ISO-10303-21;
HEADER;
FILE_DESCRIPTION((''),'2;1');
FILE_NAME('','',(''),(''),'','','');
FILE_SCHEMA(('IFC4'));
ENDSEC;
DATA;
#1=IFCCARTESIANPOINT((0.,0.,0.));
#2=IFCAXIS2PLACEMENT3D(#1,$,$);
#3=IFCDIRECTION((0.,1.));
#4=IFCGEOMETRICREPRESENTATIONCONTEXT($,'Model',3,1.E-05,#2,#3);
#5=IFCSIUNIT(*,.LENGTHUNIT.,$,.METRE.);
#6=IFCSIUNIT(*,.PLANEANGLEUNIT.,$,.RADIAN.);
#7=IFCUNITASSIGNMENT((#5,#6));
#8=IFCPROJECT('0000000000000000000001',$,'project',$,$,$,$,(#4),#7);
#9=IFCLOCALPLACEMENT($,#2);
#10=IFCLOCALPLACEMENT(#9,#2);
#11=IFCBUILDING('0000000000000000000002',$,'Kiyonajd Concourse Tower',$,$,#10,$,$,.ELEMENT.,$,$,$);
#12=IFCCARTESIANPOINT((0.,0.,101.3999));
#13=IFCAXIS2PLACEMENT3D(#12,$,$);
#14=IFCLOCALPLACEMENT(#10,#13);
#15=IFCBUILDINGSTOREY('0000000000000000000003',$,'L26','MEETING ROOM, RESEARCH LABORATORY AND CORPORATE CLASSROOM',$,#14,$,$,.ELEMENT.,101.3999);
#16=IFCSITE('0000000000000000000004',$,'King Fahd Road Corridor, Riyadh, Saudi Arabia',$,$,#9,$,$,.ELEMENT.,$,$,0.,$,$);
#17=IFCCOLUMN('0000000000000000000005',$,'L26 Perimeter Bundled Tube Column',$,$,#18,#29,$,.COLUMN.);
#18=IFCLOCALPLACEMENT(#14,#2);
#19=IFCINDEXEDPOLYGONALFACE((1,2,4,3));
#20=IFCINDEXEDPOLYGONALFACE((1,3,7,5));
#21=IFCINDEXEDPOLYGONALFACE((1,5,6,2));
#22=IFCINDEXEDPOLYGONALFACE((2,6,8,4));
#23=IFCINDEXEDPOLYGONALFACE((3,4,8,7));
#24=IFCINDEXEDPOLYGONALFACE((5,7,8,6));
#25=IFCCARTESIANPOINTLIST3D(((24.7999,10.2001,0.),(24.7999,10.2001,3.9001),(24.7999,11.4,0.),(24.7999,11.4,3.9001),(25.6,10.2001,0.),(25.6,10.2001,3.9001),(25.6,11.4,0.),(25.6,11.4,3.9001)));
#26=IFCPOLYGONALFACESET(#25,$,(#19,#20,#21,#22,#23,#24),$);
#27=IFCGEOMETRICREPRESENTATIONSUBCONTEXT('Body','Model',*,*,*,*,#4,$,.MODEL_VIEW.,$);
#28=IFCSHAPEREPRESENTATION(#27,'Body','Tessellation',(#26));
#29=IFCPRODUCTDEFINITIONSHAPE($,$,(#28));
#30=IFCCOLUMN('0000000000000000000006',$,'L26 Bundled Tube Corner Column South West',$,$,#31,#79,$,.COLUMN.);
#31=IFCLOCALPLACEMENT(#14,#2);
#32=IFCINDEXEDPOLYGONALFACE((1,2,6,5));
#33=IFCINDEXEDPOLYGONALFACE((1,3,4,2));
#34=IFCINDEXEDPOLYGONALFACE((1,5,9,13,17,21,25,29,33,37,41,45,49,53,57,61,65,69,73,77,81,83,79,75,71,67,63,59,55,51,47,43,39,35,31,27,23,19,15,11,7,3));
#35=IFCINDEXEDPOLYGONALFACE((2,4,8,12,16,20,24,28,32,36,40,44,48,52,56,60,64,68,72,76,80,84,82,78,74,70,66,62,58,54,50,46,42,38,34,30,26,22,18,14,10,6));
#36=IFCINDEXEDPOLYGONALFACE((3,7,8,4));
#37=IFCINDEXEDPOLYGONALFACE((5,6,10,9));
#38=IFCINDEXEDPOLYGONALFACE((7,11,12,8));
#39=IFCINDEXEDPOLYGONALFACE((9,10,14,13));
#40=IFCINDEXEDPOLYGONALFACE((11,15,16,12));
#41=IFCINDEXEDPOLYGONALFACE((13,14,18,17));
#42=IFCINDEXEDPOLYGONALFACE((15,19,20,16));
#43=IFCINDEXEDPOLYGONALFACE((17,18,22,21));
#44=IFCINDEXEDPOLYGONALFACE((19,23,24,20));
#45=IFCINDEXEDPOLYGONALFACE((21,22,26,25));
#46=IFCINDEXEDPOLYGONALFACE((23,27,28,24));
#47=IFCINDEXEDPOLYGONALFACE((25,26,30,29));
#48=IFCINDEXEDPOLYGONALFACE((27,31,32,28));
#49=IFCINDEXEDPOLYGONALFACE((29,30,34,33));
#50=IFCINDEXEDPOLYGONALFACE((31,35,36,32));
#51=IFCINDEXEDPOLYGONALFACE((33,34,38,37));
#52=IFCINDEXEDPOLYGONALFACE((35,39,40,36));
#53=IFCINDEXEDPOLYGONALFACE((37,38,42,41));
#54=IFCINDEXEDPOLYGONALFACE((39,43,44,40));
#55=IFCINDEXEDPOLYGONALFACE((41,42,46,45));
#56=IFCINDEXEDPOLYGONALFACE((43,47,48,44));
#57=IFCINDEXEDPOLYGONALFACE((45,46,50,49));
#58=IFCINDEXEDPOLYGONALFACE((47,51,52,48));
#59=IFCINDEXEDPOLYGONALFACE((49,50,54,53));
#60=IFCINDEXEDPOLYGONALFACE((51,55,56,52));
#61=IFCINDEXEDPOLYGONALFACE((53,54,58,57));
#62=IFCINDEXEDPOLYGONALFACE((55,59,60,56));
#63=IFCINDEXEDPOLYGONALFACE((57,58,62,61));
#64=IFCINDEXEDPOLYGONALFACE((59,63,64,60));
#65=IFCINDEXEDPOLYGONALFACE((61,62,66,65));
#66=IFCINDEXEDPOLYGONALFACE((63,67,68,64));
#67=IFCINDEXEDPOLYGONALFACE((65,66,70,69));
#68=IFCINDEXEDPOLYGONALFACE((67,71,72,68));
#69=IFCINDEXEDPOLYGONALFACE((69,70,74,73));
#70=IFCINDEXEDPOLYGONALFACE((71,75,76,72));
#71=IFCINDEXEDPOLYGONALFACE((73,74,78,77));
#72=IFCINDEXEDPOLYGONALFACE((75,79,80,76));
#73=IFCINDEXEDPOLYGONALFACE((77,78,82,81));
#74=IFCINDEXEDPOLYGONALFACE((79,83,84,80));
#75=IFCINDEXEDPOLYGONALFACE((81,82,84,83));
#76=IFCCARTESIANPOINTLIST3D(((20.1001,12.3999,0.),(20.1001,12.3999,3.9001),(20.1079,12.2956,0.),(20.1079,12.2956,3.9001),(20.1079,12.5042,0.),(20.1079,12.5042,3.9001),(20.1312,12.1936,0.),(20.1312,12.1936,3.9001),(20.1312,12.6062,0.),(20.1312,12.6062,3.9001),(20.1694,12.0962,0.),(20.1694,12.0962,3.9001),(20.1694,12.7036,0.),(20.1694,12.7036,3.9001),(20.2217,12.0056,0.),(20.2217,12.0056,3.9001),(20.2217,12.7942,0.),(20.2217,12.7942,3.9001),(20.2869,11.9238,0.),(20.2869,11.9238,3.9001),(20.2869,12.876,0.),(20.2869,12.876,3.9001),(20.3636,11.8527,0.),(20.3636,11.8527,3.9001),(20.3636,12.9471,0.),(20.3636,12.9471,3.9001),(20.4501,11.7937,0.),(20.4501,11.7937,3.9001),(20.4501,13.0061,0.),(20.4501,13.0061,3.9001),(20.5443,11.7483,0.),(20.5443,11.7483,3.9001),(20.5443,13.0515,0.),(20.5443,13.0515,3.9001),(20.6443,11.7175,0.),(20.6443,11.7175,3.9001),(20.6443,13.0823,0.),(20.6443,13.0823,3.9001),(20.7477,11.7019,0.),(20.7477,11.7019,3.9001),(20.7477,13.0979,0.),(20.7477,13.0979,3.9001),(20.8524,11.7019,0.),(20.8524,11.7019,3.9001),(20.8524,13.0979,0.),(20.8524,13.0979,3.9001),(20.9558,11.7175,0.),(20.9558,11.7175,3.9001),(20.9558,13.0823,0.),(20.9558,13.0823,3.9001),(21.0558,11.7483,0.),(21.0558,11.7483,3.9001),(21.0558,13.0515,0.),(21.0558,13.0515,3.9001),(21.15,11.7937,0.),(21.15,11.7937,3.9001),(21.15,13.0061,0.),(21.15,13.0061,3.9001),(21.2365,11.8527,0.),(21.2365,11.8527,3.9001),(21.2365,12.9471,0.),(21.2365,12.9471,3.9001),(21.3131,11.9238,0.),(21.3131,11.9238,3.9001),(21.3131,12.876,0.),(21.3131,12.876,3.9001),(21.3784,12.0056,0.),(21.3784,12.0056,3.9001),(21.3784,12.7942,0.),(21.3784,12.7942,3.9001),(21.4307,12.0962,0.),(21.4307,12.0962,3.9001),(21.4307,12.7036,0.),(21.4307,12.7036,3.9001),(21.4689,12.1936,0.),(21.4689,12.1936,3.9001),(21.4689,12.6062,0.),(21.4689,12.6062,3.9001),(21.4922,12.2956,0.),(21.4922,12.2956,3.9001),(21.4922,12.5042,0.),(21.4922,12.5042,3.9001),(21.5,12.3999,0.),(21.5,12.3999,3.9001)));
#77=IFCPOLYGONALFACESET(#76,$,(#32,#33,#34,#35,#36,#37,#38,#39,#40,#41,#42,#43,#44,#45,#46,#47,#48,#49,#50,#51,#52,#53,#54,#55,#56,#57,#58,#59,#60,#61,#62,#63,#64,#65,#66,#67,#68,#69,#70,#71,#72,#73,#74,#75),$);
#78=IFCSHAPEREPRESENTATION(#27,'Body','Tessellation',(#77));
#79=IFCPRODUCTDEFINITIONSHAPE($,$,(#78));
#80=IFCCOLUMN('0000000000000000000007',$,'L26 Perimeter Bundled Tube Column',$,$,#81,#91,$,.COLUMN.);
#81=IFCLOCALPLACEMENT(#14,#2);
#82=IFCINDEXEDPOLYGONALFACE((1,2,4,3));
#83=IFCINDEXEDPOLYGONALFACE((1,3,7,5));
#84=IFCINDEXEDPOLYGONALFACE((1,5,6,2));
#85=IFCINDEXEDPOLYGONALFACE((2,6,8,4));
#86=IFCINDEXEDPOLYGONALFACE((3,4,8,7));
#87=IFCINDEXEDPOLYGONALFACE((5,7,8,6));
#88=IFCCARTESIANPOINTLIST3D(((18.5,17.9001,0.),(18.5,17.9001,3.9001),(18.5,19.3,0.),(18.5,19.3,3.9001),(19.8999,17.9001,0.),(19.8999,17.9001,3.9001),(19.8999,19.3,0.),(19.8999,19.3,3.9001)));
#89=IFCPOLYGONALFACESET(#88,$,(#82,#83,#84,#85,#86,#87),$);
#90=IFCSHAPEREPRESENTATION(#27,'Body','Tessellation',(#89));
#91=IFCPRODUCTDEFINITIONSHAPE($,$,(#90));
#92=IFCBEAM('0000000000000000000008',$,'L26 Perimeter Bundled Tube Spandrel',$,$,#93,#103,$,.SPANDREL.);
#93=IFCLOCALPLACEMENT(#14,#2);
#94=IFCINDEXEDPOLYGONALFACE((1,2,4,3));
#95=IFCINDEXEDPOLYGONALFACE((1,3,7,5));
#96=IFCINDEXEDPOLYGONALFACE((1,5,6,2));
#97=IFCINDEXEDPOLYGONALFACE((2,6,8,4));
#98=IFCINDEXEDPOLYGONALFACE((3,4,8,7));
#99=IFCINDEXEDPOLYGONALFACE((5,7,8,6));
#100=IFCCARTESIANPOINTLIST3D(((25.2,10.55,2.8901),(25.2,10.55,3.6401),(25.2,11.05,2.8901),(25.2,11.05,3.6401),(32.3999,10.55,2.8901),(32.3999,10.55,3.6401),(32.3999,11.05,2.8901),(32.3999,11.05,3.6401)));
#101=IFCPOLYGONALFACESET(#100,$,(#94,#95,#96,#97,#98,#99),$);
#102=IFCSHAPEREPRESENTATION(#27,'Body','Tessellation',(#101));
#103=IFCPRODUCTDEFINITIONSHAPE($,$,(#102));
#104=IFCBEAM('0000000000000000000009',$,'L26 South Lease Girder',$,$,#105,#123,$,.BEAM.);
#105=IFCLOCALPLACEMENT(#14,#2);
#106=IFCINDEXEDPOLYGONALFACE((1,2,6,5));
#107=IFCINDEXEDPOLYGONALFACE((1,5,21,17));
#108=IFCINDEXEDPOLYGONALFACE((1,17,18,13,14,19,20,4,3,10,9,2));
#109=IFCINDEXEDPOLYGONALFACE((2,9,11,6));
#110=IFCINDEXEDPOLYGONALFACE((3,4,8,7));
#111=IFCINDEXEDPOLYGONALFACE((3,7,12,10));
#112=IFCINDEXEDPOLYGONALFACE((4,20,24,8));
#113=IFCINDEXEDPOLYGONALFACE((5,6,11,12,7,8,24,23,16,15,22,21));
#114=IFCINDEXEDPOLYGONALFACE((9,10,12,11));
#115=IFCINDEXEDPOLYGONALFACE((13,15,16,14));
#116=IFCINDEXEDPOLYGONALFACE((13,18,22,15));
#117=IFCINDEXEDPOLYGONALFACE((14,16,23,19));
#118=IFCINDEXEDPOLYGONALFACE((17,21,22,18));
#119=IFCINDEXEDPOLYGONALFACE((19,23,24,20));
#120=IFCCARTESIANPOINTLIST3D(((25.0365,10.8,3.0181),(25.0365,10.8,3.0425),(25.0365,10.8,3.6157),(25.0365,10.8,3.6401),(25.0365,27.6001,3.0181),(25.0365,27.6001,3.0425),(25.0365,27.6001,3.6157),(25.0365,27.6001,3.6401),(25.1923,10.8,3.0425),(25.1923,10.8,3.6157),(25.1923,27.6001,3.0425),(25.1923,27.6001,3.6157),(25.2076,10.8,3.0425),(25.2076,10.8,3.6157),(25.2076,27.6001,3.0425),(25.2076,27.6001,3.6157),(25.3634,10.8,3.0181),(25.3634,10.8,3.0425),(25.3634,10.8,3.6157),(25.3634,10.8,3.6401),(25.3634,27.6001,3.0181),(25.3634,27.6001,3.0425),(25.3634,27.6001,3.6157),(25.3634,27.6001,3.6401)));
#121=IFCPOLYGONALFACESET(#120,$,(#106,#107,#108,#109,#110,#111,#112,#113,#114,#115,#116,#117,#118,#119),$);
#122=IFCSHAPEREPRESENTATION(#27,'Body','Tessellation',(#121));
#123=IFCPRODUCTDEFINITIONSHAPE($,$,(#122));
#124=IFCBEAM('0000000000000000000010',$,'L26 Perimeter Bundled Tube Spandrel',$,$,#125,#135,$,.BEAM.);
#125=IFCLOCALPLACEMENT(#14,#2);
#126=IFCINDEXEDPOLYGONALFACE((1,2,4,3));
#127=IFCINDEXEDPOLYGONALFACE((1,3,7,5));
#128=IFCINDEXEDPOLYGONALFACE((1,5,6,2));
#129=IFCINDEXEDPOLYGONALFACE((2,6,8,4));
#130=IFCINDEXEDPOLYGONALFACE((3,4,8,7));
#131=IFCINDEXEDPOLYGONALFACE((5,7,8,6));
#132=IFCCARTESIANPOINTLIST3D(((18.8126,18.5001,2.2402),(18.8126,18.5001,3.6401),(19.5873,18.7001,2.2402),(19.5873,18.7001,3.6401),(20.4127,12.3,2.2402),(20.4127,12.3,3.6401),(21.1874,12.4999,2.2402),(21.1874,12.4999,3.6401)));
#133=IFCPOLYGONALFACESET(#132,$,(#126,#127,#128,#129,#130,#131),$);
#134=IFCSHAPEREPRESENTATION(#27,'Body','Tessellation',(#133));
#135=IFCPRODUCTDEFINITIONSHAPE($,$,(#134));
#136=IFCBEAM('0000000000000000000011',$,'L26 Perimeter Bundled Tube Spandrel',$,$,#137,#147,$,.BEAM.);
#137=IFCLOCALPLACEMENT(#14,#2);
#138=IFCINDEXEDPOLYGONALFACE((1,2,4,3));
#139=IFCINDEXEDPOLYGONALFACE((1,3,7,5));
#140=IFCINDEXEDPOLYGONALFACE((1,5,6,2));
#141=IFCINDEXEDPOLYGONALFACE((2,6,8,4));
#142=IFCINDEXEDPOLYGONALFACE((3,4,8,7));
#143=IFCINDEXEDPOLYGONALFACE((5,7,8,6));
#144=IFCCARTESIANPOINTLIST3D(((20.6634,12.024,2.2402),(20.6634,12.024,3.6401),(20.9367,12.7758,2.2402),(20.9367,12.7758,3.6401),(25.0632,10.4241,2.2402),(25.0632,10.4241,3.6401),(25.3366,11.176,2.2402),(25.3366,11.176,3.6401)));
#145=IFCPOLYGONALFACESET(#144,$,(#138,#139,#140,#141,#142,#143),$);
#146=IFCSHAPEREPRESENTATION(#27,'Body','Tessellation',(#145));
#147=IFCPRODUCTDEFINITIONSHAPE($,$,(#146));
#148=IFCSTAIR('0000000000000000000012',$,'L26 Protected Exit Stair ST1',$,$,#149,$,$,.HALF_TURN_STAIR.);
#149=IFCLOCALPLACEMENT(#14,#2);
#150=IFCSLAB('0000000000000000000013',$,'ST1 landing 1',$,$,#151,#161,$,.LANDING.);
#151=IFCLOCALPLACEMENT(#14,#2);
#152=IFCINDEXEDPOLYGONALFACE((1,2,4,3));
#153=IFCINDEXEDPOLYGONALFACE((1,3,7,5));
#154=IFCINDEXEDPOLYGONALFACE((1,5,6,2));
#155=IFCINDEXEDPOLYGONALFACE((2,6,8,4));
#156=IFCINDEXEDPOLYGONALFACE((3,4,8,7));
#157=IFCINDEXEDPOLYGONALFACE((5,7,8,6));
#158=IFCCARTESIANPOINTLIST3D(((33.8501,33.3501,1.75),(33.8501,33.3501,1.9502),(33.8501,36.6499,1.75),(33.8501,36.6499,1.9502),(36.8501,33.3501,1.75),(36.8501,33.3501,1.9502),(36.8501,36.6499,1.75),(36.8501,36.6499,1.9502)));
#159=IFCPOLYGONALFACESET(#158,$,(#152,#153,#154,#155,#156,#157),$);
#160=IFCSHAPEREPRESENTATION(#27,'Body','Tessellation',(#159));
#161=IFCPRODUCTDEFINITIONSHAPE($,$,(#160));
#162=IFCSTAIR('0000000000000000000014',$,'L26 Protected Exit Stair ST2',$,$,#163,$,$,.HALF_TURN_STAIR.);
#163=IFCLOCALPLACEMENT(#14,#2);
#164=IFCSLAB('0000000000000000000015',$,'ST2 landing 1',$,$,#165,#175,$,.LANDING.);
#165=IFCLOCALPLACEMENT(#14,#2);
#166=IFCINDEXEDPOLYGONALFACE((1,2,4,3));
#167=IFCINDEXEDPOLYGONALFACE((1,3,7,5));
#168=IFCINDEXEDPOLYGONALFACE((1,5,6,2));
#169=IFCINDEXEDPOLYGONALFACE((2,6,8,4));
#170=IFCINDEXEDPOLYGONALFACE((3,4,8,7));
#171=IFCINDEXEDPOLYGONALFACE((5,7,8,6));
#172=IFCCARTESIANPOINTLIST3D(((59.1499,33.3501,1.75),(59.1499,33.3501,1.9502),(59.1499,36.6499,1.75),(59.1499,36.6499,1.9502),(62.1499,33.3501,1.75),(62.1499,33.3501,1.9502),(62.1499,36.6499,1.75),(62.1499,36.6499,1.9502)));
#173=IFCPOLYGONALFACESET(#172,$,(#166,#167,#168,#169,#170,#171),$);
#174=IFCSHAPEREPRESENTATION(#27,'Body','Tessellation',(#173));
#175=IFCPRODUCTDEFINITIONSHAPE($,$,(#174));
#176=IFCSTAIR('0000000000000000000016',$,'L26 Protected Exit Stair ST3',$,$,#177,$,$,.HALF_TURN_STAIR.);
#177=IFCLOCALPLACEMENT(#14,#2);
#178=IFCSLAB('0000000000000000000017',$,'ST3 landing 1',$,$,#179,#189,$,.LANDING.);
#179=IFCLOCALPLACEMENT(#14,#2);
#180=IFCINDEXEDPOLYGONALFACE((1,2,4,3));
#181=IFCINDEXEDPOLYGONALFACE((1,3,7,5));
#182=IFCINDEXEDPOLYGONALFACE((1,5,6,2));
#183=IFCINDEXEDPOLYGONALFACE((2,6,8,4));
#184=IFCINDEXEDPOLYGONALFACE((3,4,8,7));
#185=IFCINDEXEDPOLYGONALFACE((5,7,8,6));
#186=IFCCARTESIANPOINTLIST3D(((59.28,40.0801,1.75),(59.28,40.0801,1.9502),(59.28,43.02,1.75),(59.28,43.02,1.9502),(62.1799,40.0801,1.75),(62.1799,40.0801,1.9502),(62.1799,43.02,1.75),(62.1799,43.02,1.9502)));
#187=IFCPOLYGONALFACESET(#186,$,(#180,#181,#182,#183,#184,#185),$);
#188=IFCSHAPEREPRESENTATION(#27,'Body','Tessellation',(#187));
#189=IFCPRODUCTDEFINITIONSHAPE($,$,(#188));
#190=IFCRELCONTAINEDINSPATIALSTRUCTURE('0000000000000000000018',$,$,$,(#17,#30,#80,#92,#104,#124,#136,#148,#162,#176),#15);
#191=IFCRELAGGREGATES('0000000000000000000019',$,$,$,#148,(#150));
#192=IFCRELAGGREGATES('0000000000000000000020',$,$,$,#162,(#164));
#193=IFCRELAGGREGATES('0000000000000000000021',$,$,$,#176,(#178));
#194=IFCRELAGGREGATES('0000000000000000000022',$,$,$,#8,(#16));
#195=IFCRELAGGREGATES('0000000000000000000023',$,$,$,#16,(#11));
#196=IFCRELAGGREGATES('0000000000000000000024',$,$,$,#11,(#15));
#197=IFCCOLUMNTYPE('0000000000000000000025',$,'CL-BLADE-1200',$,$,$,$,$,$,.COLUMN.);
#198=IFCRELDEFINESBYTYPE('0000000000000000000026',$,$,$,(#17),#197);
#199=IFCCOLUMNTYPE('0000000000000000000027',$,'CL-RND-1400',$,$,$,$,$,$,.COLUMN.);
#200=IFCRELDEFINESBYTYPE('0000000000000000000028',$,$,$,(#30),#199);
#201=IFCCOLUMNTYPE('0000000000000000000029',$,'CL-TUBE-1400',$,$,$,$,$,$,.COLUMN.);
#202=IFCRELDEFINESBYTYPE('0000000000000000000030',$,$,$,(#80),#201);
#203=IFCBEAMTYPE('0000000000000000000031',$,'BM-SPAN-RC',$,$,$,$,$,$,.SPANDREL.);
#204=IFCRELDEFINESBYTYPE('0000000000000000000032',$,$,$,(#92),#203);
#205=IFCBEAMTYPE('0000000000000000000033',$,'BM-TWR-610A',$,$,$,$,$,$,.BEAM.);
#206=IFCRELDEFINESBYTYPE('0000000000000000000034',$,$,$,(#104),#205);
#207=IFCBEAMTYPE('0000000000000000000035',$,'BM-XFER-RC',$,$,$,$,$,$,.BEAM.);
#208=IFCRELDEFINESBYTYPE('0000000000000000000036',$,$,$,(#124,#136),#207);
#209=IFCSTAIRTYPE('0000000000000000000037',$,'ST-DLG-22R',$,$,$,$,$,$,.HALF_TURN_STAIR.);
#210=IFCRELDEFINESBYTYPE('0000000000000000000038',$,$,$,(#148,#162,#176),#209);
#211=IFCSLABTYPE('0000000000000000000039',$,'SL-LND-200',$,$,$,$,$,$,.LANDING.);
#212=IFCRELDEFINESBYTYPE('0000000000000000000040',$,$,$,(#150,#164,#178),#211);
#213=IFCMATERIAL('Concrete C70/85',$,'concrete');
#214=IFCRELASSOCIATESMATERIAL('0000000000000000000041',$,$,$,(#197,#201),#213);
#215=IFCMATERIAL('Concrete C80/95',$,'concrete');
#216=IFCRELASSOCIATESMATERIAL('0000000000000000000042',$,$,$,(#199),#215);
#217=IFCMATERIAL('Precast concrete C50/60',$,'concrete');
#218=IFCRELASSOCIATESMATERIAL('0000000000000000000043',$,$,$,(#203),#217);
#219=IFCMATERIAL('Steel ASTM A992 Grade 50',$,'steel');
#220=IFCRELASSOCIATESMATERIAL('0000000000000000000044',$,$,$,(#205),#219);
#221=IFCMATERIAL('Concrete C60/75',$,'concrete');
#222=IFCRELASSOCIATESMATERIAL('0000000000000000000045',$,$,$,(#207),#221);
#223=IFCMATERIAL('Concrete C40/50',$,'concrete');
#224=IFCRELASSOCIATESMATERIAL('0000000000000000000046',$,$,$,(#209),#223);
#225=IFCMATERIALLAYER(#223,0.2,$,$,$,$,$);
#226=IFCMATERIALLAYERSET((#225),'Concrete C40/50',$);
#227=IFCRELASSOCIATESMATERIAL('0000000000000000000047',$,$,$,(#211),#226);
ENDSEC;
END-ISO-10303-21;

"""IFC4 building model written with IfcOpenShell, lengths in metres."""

from ifc_helpers import new_model, si_unit, direction, frame, origin, origin_2d, place, context, subcontext, project, spatial, polyline, rectangle, circle, i_section, outline, extrude, material, layer, layer_set, material_profile, profile_set, type_object, element, aggregate, save


model = new_model("IFC4")

# Units and contexts
model_context = context("Model", 3, precision=1e-05, world=origin(), true_north=direction((0.0, 1.0)))
body_context = subcontext(model_context, "Body", "Model", "MODEL_VIEW")
ifc_project = project(units=[si_unit("LENGTHUNIT", "METRE"), si_unit("PLANEANGLEUNIT", "RADIAN")], contexts=[model_context])

# Site, building, storey
site_placement = place(None, origin())
site = spatial("IfcSite", under=ifc_project, at=site_placement, Name="King Fahd Road Corridor, Riyadh, Saudi Arabia", CompositionType="ELEMENT", RefElevation=0.0)
building_placement = place(site_placement, origin())
building = spatial("IfcBuilding", under=site, at=building_placement, Name="Kiyonajd Concourse Tower", CompositionType="ELEMENT")
storey_placement = place(building_placement, frame((0.0, 0.0, 101.3999)))
storey = spatial("IfcBuildingStorey", under=building, at=storey_placement, Name="L26", Description="MEETING ROOM, RESEARCH LABORATORY AND CORPORATE CLASSROOM", CompositionType="ELEMENT", Elevation=101.3999)

# Columns
ifc_material_1 = material(Name="Concrete C70/85", Category="concrete")
ifc_material_profile_1 = material_profile(ifc_material_1, rectangle(XDim=0.8, YDim=1.2, at=origin_2d()), Name="RC-1200x800")
ifc_profile_set_1 = profile_set([ifc_material_profile_1], Name="Concrete C70/85")
column_type_1 = type_object("IfcColumnType", Name="CL-BLADE-1200", PredefinedType="COLUMN", material=ifc_profile_set_1)
column_1_placement = place(storey_placement, frame((25.2, 10.8, 0.0), z_axis=(0.0, 0.0, 1.0), x_axis=(1.0, 0.0, 0.0)))
element("IfcColumn", 1, at=column_1_placement, inside=storey, type_object=column_type_1, Name="L26 Perimeter Bundled Tube Column", PredefinedType="COLUMN", context=body_context, shape_type="SweptSolid", body=[
    extrude(rectangle(XDim=0.8, YDim=1.2, at=origin_2d()), origin(), (0.0, 0.0, 1.0), 3.9001),
])
ifc_material_2 = material(Name="Concrete C80/95", Category="concrete")
ifc_material_profile_2 = material_profile(ifc_material_2, circle(Radius=0.7, at=origin_2d()), Name="RCC-D1400")
ifc_profile_set_2 = profile_set([ifc_material_profile_2], Name="Concrete C80/95")
column_type_2 = type_object("IfcColumnType", Name="CL-RND-1400", PredefinedType="COLUMN", material=ifc_profile_set_2)
column_2_placement = place(storey_placement, frame((20.8, 12.3999, 0.0), z_axis=(0.0, 0.0, 1.0), x_axis=(1.0, 0.0, 0.0)))
element("IfcColumn", 2, at=column_2_placement, inside=storey, type_object=column_type_2, Name="L26 Bundled Tube Corner Column South West", PredefinedType="COLUMN", context=body_context, shape_type="SweptSolid", body=[
    extrude(circle(Radius=0.7, at=origin_2d()), origin(), (0.0, 0.0, 1.0), 3.9001),
])
ifc_material_profile_3 = material_profile(ifc_material_1, rectangle(XDim=1.3999, YDim=1.3999, at=origin_2d()), Name="RC-1400x1400")
ifc_profile_set_3 = profile_set([ifc_material_profile_3], Name="Concrete C70/85")
column_type_3 = type_object("IfcColumnType", Name="CL-TUBE-1400", PredefinedType="COLUMN", material=ifc_profile_set_3)
column_3_placement = place(storey_placement, frame((19.2, 18.6001, 0.0), z_axis=(0.0, 0.0, 1.0), x_axis=(1.0, 0.0, 0.0)))
element("IfcColumn", 3, at=column_3_placement, inside=storey, type_object=column_type_3, Name="L26 Perimeter Bundled Tube Column", PredefinedType="COLUMN", context=body_context, shape_type="SweptSolid", body=[
    extrude(rectangle(XDim=1.3999, YDim=1.3999, at=origin_2d()), origin(), (0.0, 0.0, 1.0), 3.9001),
])

# Beams
ifc_material_3 = material(Name="Precast concrete C50/60", Category="concrete")
ifc_material_profile_4 = material_profile(ifc_material_3, rectangle(XDim=0.5, YDim=0.75, at=origin_2d()), Name="RCBM-500x750")
ifc_profile_set_4 = profile_set([ifc_material_profile_4], Name="Precast concrete C50/60")
beam_type_1 = type_object("IfcBeamType", Name="BM-SPAN-RC", PredefinedType="SPANDREL", material=ifc_profile_set_4)
beam_1_placement = place(storey_placement, frame((25.2, 10.8, 3.2651), z_axis=(1.0, 0.0, 0.0), x_axis=(0.0, 1.0, 0.0)))
element("IfcBeam", 4, at=beam_1_placement, inside=storey, type_object=beam_type_1, Name="L26 Perimeter Bundled Tube Spandrel", PredefinedType="SPANDREL", context=body_context, shape_type="SweptSolid", body=[
    extrude(rectangle(XDim=0.5, YDim=0.75, at=origin_2d()), origin(), (0.0, 0.0, 1.0), 7.2),
])
ifc_material_4 = material(Name="Steel ASTM A992 Grade 50", Category="steel")
ifc_material_profile_5 = material_profile(ifc_material_4, i_section(OverallWidth=0.3269, OverallDepth=0.6221, WebThickness=0.0154, FlangeThickness=0.0244, at=origin_2d()), Name="W610X195")
ifc_profile_set_5 = profile_set([ifc_material_profile_5], Name="Steel ASTM A992 Grade 50")
beam_type_2 = type_object("IfcBeamType", Name="BM-TWR-610A", PredefinedType="BEAM", material=ifc_profile_set_5)
beam_2_placement = place(storey_placement, frame((25.2, 10.8, 3.3291), z_axis=(0.0, 1.0, 0.0), x_axis=(-1.0, 0.0, 0.0)))
element("IfcBeam", 5, at=beam_2_placement, inside=storey, type_object=beam_type_2, Name="L26 South Lease Girder", PredefinedType="BEAM", context=body_context, shape_type="SweptSolid", body=[
    extrude(i_section(OverallWidth=0.3269, OverallDepth=0.6221, WebThickness=0.0154, FlangeThickness=0.0244, at=origin_2d()), origin(), (0.0, 0.0, 1.0), 16.8),
])
ifc_material_5 = material(Name="Concrete C60/75", Category="concrete")
ifc_material_profile_6 = material_profile(ifc_material_5, rectangle(XDim=0.8, YDim=1.3999, at=origin_2d()), Name="RCBM-800x1400")
ifc_profile_set_6 = profile_set([ifc_material_profile_6], Name="Concrete C60/75")
beam_type_3 = type_object("IfcBeamType", Name="BM-XFER-RC", PredefinedType="BEAM", material=ifc_profile_set_6)
beam_3_placement = place(storey_placement, frame((19.2, 18.6001, 2.9402), z_axis=(0.249885, -0.968276, 0.0), x_axis=(0.968276, 0.249885, 0.0)))
element("IfcBeam", 6, at=beam_3_placement, inside=storey, type_object=beam_type_3, Name="L26 Perimeter Bundled Tube Spandrel", PredefinedType="BEAM", context=body_context, shape_type="SweptSolid", body=[
    extrude(rectangle(XDim=0.8, YDim=1.3999, at=origin_2d()), origin(), (0.0, 0.0, 1.0), 6.4033),
])
beam_4_placement = place(storey_placement, frame((20.8, 12.3999, 2.9402), z_axis=(0.939801, -0.341722, 0.0), x_axis=(0.341722, 0.939801, 0.0)))
element("IfcBeam", 7, at=beam_4_placement, inside=storey, type_object=beam_type_3, Name="L26 Perimeter Bundled Tube Spandrel", PredefinedType="BEAM", context=body_context, shape_type="SweptSolid", body=[
    extrude(rectangle(XDim=0.8, YDim=1.3999, at=origin_2d()), origin(), (0.0, 0.0, 1.0), 4.6816),
])

# Stairs, slabs
ifc_material_6 = material(Name="Concrete C40/50", Category="concrete")
stair_type = type_object("IfcStairType", Name="ST-DLG-22R", PredefinedType="HALF_TURN_STAIR", material=ifc_material_6)
stair_1_placement = place(storey_placement, origin())
stair_1 = element("IfcStair", 8, at=stair_1_placement, inside=storey, type_object=stair_type, Name="L26 Protected Exit Stair ST1", PredefinedType="HALF_TURN_STAIR")
ifc_layer_1 = layer(ifc_material_6, 0.2)
ifc_layer_set_1 = layer_set([ifc_layer_1], Name="Concrete C40/50")
slab_type_1 = type_object("IfcSlabType", Name="SL-LND-200", PredefinedType="LANDING", material=ifc_layer_set_1)
slab_1_placement = place(storey_placement, frame((0.0, 0.0, 1.75)))
slab_1 = element("IfcSlab", 9, at=slab_1_placement, type_object=slab_type_1, Name="ST1 landing 1", PredefinedType="LANDING", context=body_context, shape_type="SweptSolid", body=[
    extrude(outline(polyline([(36.8501, 33.3501), (36.8501, 36.6499), (33.8501, 36.6499), (33.8501, 33.3501), (36.8501, 33.3501)])), origin(), (0.0, 0.0, 1.0), 0.2002),
])
aggregate(stair_1, [slab_1])
stair_2_placement = place(storey_placement, origin())
stair_2 = element("IfcStair", 10, at=stair_2_placement, inside=storey, type_object=stair_type, Name="L26 Protected Exit Stair ST2", PredefinedType="HALF_TURN_STAIR")
slab_2_placement = place(storey_placement, frame((0.0, 0.0, 1.75)))
slab_2 = element("IfcSlab", 11, at=slab_2_placement, type_object=slab_type_1, Name="ST2 landing 1", PredefinedType="LANDING", context=body_context, shape_type="SweptSolid", body=[
    extrude(outline(polyline([(62.1499, 33.3501), (62.1499, 36.6499), (59.1499, 36.6499), (59.1499, 33.3501), (62.1499, 33.3501)])), origin(), (0.0, 0.0, 1.0), 0.2002),
])
aggregate(stair_2, [slab_2])
stair_3_placement = place(storey_placement, origin())
stair_3 = element("IfcStair", 12, at=stair_3_placement, inside=storey, type_object=stair_type, Name="L26 Protected Exit Stair ST3", PredefinedType="HALF_TURN_STAIR")
slab_3_placement = place(storey_placement, frame((0.0, 0.0, 1.75)))
slab_3 = element("IfcSlab", 13, at=slab_3_placement, type_object=slab_type_1, Name="ST3 landing 1", PredefinedType="LANDING", context=body_context, shape_type="SweptSolid", body=[
    extrude(outline(polyline([(59.28, 40.0801), (62.1799, 40.0801), (62.1799, 43.02), (59.28, 43.02), (59.28, 40.0801)])), origin(), (0.0, 0.0, 1.0), 0.2002),
])
aggregate(stair_3, [slab_3])

save(model, "model.ifc")
